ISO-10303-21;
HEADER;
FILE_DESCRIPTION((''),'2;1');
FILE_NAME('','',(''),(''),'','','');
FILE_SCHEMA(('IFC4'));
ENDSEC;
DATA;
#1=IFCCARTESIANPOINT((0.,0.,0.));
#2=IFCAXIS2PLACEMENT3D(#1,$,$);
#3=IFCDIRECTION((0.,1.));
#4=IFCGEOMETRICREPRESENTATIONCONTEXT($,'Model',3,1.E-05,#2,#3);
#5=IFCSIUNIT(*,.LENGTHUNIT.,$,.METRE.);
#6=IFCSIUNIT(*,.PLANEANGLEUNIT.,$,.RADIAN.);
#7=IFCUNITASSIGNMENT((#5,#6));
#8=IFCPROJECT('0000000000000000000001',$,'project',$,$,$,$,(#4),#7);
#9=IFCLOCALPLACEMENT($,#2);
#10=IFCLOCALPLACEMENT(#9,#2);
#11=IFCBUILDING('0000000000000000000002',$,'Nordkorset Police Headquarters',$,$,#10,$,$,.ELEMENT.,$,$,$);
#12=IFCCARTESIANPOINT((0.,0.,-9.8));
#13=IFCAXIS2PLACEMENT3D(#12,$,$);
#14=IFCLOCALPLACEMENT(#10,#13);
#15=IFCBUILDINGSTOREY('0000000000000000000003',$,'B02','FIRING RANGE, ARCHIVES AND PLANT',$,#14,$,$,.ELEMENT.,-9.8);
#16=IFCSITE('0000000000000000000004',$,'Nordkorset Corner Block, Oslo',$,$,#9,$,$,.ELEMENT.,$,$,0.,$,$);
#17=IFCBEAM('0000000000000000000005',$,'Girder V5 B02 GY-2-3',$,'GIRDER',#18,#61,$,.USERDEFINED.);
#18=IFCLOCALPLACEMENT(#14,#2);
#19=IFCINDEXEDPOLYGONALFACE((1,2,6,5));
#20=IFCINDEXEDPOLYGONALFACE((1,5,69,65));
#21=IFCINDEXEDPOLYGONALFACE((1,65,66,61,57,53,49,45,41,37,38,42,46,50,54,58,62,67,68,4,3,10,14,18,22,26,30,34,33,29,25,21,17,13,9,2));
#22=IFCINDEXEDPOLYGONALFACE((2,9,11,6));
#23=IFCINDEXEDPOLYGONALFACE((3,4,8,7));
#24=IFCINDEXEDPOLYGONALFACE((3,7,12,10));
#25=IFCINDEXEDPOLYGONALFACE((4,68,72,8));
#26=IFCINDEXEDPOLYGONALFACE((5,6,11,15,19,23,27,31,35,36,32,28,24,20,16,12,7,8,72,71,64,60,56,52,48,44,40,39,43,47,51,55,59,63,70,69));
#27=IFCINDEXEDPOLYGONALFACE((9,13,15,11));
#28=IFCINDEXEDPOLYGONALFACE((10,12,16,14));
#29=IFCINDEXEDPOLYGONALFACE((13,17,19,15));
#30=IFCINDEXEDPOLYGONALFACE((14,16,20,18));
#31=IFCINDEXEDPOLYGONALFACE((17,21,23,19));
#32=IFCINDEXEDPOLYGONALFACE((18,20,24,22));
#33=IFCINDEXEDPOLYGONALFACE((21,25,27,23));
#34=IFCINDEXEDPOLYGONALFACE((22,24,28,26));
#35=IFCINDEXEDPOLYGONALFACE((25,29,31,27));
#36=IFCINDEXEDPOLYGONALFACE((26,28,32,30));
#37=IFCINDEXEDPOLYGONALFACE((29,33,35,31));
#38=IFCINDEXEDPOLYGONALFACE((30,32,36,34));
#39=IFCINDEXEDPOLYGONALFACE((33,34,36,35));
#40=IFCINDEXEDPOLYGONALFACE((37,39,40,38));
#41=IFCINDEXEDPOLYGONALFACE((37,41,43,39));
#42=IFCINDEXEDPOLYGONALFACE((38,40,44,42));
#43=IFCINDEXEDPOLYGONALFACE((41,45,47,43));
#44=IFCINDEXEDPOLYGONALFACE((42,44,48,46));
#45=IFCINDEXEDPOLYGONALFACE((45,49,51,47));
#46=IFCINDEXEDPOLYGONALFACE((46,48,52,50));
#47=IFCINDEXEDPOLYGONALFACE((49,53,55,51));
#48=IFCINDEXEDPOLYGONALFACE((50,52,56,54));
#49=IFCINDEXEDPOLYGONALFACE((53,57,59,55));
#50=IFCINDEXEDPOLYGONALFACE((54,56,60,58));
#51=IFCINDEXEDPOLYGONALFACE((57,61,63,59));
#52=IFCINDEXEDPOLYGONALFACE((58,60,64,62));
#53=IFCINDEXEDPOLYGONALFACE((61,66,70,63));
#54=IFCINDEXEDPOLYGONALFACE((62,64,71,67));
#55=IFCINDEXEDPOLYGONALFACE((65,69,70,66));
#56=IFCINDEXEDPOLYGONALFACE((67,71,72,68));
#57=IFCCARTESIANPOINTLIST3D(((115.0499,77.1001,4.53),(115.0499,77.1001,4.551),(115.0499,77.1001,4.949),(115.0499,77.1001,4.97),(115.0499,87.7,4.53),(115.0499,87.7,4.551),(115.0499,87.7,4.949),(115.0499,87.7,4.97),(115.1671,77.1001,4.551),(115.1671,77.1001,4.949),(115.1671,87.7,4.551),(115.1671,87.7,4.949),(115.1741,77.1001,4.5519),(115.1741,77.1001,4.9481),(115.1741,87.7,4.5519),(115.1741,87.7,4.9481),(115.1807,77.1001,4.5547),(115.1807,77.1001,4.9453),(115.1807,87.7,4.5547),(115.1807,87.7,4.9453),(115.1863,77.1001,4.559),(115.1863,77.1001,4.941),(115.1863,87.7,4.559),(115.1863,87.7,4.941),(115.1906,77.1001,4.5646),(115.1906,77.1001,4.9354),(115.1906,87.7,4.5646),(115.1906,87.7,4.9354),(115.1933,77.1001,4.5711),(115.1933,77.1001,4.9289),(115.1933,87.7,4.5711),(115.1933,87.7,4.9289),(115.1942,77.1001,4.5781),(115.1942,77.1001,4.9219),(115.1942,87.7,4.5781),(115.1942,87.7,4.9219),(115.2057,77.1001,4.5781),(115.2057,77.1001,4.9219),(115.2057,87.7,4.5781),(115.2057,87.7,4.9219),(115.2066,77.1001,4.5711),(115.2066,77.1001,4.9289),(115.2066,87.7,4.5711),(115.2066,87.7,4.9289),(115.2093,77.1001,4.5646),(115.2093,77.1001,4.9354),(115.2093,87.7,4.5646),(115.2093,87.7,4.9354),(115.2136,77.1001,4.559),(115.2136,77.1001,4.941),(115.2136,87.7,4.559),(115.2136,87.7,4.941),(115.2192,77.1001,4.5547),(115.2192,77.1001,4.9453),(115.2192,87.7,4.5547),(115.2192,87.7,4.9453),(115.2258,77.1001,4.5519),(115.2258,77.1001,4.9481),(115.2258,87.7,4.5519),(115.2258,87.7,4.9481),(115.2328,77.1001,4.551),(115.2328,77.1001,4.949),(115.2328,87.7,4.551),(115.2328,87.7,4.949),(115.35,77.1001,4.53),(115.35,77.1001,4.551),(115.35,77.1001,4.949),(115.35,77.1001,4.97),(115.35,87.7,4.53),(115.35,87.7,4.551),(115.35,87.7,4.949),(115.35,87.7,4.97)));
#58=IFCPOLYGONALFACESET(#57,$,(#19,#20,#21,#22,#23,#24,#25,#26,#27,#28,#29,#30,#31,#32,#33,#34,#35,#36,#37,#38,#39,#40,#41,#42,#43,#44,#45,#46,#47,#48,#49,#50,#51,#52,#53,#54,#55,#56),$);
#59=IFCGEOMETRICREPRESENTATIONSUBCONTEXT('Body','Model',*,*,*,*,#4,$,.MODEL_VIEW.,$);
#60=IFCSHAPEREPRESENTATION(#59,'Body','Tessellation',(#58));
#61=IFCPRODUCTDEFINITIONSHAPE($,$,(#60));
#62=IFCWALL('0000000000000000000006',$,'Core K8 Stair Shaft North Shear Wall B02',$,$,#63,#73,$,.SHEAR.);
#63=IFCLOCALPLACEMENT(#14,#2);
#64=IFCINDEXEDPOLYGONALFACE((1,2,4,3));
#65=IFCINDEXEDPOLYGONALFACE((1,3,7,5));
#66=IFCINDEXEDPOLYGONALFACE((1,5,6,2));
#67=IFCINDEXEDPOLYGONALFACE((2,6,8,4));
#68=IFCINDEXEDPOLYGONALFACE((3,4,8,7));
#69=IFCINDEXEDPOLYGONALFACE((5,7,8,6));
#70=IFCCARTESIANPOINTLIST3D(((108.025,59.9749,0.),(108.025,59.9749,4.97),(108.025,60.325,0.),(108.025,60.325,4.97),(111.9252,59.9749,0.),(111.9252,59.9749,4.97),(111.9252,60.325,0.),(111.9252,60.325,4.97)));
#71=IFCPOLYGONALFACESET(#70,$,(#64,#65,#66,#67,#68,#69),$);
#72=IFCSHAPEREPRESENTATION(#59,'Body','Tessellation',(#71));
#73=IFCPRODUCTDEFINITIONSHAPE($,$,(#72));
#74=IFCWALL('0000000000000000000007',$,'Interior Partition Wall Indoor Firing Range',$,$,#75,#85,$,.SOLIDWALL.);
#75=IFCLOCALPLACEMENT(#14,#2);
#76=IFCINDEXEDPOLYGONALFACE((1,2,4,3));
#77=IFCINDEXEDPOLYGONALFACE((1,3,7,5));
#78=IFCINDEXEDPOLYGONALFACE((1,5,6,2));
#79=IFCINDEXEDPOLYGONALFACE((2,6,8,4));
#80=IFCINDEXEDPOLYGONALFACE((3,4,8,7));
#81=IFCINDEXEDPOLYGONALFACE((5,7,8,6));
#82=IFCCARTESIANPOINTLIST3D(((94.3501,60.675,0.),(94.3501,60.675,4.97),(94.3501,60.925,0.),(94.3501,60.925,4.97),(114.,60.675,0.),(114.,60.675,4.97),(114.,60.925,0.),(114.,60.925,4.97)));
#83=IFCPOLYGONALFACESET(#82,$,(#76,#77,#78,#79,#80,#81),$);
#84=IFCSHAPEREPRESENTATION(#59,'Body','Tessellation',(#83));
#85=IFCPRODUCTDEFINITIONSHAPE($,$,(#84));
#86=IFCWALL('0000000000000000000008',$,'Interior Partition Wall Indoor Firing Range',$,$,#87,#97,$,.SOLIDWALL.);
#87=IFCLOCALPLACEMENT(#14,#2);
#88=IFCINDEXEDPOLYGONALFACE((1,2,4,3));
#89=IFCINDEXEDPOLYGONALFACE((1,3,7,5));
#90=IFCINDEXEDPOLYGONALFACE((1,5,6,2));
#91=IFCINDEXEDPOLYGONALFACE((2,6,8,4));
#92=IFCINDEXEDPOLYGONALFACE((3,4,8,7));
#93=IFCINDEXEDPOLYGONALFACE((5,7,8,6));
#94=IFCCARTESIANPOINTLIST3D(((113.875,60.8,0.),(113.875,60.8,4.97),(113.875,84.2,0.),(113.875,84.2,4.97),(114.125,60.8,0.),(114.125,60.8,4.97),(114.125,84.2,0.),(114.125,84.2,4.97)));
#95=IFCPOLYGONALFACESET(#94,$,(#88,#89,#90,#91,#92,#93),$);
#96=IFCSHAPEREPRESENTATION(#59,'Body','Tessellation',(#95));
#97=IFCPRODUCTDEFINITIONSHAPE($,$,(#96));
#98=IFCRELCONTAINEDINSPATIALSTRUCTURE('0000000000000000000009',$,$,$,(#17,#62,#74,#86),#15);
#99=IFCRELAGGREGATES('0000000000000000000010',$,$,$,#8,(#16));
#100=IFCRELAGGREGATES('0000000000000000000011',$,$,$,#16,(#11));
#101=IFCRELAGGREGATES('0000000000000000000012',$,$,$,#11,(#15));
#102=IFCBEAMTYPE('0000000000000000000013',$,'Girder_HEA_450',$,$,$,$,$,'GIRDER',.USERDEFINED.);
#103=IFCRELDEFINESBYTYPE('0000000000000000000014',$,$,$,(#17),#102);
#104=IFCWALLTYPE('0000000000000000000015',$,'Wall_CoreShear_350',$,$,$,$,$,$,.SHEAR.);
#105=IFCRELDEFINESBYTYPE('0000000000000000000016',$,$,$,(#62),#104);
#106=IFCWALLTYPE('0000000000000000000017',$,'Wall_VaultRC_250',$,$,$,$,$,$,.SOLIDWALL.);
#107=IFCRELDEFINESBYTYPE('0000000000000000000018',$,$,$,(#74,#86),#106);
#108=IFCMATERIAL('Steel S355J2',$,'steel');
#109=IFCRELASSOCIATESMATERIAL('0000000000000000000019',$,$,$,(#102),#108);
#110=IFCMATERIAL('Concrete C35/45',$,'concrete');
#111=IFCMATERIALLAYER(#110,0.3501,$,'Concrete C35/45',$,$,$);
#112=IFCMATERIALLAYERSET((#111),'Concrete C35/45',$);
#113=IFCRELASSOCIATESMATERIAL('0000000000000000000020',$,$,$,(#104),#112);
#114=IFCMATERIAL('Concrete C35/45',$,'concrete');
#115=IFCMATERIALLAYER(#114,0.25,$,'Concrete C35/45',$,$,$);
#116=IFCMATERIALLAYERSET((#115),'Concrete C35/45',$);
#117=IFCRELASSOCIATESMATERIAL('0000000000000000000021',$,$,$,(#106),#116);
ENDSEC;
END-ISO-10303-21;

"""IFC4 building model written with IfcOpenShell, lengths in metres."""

from ifc_helpers import new_model, si_unit, direction, frame, frame_2d, origin, origin_2d, place, context, subcontext, project, spatial, rectangle, i_section, extrude, material, layer, layer_set, material_profile, profile_set, type_object, element, save


model = new_model("IFC4")

# Units and contexts
model_context = context("Model", 3, precision=1e-05, world=origin(), true_north=direction((0.0, 1.0)))
body_context = subcontext(model_context, "Body", "Model", "MODEL_VIEW")
ifc_project = project(units=[si_unit("LENGTHUNIT", "METRE"), si_unit("PLANEANGLEUNIT", "RADIAN")], contexts=[model_context])

# Site, building, storey
site_placement = place(None, origin())
site = spatial("IfcSite", under=ifc_project, at=site_placement, Name="Nordkorset Corner Block, Oslo", CompositionType="ELEMENT", RefElevation=0.0)
building_placement = place(site_placement, origin())
building = spatial("IfcBuilding", under=site, at=building_placement, Name="Nordkorset Police Headquarters", CompositionType="ELEMENT")
storey_placement = place(building_placement, frame((0.0, 0.0, -9.8)))
storey = spatial("IfcBuildingStorey", under=building, at=storey_placement, Name="B02", Description="FIRING RANGE, ARCHIVES AND PLANT", CompositionType="ELEMENT", Elevation=-9.8)

# Beam
ifc_material_1 = material(Name="Steel S355J2", Category="steel")
ifc_material_profile_1 = material_profile(ifc_material_1, i_section(OverallWidth=0.3, OverallDepth=0.4399, WebThickness=0.0115, FlangeThickness=0.021, FilletRadius=0.0271, at=origin_2d()), Name="HEA 450")
ifc_profile_set_1 = profile_set([ifc_material_profile_1], Name="Steel S355J2")
beam_type_1 = type_object("IfcBeamType", Name="Girder_HEA_450", ElementType="GIRDER", PredefinedType="USERDEFINED", material=ifc_profile_set_1)
beam_1_placement = place(storey_placement, frame((115.2, 77.1001, 4.75), z_axis=(0.0, 1.0, 0.0), x_axis=(-1.0, 0.0, 0.0)))
element("IfcBeam", 1, at=beam_1_placement, inside=storey, type_object=beam_type_1, Name="Girder V5 B02 GY-2-3", ObjectType="GIRDER", PredefinedType="USERDEFINED", context=body_context, shape_type="SweptSolid", body=[
    extrude(i_section(OverallWidth=0.3, OverallDepth=0.4399, WebThickness=0.0115, FlangeThickness=0.021, FilletRadius=0.0271, at=origin_2d()), origin(), (0.0, 0.0, 1.0), 10.5999),
])

# Walls
ifc_material_2 = material(Name="Concrete C35/45", Category="concrete")
ifc_layer_1 = layer(ifc_material_2, 0.3501, Name="Concrete C35/45")
ifc_layer_set_1 = layer_set([ifc_layer_1], Name="Concrete C35/45")
wall_type_1 = type_object("IfcWallType", Name="Wall_CoreShear_350", PredefinedType="SHEAR", material=ifc_layer_set_1)
wall_1_placement = place(storey_placement, frame((108.0249, 60.1499, 0.0), z_axis=(0.0, 0.0, 1.0), x_axis=(1.0, 0.0, 0.0)))
element("IfcWall", 2, at=wall_1_placement, inside=storey, type_object=wall_type_1, Name="Core K8 Stair Shaft North Shear Wall B02", PredefinedType="SHEAR", context=body_context, shape_type="SweptSolid", body=[
    extrude(rectangle(XDim=3.9001, YDim=0.3501, at=frame_2d((1.9502, 0.0))), origin(), (0.0, 0.0, 1.0), 4.97),
])
ifc_material_3 = material(Name="Concrete C35/45", Category="concrete")
ifc_layer_2 = layer(ifc_material_3, 0.25, Name="Concrete C35/45")
ifc_layer_set_2 = layer_set([ifc_layer_2], Name="Concrete C35/45")
wall_type_2 = type_object("IfcWallType", Name="Wall_VaultRC_250", PredefinedType="SOLIDWALL", material=ifc_layer_set_2)
wall_2_placement = place(storey_placement, frame((94.3501, 60.8, 0.0), z_axis=(0.0, 0.0, 1.0), x_axis=(1.0, 0.0, 0.0)))
element("IfcWall", 3, at=wall_2_placement, inside=storey, type_object=wall_type_2, Name="Interior Partition Wall Indoor Firing Range", PredefinedType="SOLIDWALL", context=body_context, shape_type="SweptSolid", body=[
    extrude(rectangle(XDim=19.6499, YDim=0.25, at=frame_2d((9.825, 0.0))), origin(), (0.0, 0.0, 1.0), 4.97),
])
wall_3_placement = place(storey_placement, frame((114.0, 60.8, 0.0), z_axis=(0.0, 0.0, 1.0), x_axis=(0.0, 1.0, 0.0)))
element("IfcWall", 4, at=wall_3_placement, inside=storey, type_object=wall_type_2, Name="Interior Partition Wall Indoor Firing Range", PredefinedType="SOLIDWALL", context=body_context, shape_type="SweptSolid", body=[
    extrude(rectangle(XDim=23.3999, YDim=0.25, at=frame_2d((11.7, 0.0))), origin(), (0.0, 0.0, 1.0), 4.97),
])

save(model, "model.ifc")
